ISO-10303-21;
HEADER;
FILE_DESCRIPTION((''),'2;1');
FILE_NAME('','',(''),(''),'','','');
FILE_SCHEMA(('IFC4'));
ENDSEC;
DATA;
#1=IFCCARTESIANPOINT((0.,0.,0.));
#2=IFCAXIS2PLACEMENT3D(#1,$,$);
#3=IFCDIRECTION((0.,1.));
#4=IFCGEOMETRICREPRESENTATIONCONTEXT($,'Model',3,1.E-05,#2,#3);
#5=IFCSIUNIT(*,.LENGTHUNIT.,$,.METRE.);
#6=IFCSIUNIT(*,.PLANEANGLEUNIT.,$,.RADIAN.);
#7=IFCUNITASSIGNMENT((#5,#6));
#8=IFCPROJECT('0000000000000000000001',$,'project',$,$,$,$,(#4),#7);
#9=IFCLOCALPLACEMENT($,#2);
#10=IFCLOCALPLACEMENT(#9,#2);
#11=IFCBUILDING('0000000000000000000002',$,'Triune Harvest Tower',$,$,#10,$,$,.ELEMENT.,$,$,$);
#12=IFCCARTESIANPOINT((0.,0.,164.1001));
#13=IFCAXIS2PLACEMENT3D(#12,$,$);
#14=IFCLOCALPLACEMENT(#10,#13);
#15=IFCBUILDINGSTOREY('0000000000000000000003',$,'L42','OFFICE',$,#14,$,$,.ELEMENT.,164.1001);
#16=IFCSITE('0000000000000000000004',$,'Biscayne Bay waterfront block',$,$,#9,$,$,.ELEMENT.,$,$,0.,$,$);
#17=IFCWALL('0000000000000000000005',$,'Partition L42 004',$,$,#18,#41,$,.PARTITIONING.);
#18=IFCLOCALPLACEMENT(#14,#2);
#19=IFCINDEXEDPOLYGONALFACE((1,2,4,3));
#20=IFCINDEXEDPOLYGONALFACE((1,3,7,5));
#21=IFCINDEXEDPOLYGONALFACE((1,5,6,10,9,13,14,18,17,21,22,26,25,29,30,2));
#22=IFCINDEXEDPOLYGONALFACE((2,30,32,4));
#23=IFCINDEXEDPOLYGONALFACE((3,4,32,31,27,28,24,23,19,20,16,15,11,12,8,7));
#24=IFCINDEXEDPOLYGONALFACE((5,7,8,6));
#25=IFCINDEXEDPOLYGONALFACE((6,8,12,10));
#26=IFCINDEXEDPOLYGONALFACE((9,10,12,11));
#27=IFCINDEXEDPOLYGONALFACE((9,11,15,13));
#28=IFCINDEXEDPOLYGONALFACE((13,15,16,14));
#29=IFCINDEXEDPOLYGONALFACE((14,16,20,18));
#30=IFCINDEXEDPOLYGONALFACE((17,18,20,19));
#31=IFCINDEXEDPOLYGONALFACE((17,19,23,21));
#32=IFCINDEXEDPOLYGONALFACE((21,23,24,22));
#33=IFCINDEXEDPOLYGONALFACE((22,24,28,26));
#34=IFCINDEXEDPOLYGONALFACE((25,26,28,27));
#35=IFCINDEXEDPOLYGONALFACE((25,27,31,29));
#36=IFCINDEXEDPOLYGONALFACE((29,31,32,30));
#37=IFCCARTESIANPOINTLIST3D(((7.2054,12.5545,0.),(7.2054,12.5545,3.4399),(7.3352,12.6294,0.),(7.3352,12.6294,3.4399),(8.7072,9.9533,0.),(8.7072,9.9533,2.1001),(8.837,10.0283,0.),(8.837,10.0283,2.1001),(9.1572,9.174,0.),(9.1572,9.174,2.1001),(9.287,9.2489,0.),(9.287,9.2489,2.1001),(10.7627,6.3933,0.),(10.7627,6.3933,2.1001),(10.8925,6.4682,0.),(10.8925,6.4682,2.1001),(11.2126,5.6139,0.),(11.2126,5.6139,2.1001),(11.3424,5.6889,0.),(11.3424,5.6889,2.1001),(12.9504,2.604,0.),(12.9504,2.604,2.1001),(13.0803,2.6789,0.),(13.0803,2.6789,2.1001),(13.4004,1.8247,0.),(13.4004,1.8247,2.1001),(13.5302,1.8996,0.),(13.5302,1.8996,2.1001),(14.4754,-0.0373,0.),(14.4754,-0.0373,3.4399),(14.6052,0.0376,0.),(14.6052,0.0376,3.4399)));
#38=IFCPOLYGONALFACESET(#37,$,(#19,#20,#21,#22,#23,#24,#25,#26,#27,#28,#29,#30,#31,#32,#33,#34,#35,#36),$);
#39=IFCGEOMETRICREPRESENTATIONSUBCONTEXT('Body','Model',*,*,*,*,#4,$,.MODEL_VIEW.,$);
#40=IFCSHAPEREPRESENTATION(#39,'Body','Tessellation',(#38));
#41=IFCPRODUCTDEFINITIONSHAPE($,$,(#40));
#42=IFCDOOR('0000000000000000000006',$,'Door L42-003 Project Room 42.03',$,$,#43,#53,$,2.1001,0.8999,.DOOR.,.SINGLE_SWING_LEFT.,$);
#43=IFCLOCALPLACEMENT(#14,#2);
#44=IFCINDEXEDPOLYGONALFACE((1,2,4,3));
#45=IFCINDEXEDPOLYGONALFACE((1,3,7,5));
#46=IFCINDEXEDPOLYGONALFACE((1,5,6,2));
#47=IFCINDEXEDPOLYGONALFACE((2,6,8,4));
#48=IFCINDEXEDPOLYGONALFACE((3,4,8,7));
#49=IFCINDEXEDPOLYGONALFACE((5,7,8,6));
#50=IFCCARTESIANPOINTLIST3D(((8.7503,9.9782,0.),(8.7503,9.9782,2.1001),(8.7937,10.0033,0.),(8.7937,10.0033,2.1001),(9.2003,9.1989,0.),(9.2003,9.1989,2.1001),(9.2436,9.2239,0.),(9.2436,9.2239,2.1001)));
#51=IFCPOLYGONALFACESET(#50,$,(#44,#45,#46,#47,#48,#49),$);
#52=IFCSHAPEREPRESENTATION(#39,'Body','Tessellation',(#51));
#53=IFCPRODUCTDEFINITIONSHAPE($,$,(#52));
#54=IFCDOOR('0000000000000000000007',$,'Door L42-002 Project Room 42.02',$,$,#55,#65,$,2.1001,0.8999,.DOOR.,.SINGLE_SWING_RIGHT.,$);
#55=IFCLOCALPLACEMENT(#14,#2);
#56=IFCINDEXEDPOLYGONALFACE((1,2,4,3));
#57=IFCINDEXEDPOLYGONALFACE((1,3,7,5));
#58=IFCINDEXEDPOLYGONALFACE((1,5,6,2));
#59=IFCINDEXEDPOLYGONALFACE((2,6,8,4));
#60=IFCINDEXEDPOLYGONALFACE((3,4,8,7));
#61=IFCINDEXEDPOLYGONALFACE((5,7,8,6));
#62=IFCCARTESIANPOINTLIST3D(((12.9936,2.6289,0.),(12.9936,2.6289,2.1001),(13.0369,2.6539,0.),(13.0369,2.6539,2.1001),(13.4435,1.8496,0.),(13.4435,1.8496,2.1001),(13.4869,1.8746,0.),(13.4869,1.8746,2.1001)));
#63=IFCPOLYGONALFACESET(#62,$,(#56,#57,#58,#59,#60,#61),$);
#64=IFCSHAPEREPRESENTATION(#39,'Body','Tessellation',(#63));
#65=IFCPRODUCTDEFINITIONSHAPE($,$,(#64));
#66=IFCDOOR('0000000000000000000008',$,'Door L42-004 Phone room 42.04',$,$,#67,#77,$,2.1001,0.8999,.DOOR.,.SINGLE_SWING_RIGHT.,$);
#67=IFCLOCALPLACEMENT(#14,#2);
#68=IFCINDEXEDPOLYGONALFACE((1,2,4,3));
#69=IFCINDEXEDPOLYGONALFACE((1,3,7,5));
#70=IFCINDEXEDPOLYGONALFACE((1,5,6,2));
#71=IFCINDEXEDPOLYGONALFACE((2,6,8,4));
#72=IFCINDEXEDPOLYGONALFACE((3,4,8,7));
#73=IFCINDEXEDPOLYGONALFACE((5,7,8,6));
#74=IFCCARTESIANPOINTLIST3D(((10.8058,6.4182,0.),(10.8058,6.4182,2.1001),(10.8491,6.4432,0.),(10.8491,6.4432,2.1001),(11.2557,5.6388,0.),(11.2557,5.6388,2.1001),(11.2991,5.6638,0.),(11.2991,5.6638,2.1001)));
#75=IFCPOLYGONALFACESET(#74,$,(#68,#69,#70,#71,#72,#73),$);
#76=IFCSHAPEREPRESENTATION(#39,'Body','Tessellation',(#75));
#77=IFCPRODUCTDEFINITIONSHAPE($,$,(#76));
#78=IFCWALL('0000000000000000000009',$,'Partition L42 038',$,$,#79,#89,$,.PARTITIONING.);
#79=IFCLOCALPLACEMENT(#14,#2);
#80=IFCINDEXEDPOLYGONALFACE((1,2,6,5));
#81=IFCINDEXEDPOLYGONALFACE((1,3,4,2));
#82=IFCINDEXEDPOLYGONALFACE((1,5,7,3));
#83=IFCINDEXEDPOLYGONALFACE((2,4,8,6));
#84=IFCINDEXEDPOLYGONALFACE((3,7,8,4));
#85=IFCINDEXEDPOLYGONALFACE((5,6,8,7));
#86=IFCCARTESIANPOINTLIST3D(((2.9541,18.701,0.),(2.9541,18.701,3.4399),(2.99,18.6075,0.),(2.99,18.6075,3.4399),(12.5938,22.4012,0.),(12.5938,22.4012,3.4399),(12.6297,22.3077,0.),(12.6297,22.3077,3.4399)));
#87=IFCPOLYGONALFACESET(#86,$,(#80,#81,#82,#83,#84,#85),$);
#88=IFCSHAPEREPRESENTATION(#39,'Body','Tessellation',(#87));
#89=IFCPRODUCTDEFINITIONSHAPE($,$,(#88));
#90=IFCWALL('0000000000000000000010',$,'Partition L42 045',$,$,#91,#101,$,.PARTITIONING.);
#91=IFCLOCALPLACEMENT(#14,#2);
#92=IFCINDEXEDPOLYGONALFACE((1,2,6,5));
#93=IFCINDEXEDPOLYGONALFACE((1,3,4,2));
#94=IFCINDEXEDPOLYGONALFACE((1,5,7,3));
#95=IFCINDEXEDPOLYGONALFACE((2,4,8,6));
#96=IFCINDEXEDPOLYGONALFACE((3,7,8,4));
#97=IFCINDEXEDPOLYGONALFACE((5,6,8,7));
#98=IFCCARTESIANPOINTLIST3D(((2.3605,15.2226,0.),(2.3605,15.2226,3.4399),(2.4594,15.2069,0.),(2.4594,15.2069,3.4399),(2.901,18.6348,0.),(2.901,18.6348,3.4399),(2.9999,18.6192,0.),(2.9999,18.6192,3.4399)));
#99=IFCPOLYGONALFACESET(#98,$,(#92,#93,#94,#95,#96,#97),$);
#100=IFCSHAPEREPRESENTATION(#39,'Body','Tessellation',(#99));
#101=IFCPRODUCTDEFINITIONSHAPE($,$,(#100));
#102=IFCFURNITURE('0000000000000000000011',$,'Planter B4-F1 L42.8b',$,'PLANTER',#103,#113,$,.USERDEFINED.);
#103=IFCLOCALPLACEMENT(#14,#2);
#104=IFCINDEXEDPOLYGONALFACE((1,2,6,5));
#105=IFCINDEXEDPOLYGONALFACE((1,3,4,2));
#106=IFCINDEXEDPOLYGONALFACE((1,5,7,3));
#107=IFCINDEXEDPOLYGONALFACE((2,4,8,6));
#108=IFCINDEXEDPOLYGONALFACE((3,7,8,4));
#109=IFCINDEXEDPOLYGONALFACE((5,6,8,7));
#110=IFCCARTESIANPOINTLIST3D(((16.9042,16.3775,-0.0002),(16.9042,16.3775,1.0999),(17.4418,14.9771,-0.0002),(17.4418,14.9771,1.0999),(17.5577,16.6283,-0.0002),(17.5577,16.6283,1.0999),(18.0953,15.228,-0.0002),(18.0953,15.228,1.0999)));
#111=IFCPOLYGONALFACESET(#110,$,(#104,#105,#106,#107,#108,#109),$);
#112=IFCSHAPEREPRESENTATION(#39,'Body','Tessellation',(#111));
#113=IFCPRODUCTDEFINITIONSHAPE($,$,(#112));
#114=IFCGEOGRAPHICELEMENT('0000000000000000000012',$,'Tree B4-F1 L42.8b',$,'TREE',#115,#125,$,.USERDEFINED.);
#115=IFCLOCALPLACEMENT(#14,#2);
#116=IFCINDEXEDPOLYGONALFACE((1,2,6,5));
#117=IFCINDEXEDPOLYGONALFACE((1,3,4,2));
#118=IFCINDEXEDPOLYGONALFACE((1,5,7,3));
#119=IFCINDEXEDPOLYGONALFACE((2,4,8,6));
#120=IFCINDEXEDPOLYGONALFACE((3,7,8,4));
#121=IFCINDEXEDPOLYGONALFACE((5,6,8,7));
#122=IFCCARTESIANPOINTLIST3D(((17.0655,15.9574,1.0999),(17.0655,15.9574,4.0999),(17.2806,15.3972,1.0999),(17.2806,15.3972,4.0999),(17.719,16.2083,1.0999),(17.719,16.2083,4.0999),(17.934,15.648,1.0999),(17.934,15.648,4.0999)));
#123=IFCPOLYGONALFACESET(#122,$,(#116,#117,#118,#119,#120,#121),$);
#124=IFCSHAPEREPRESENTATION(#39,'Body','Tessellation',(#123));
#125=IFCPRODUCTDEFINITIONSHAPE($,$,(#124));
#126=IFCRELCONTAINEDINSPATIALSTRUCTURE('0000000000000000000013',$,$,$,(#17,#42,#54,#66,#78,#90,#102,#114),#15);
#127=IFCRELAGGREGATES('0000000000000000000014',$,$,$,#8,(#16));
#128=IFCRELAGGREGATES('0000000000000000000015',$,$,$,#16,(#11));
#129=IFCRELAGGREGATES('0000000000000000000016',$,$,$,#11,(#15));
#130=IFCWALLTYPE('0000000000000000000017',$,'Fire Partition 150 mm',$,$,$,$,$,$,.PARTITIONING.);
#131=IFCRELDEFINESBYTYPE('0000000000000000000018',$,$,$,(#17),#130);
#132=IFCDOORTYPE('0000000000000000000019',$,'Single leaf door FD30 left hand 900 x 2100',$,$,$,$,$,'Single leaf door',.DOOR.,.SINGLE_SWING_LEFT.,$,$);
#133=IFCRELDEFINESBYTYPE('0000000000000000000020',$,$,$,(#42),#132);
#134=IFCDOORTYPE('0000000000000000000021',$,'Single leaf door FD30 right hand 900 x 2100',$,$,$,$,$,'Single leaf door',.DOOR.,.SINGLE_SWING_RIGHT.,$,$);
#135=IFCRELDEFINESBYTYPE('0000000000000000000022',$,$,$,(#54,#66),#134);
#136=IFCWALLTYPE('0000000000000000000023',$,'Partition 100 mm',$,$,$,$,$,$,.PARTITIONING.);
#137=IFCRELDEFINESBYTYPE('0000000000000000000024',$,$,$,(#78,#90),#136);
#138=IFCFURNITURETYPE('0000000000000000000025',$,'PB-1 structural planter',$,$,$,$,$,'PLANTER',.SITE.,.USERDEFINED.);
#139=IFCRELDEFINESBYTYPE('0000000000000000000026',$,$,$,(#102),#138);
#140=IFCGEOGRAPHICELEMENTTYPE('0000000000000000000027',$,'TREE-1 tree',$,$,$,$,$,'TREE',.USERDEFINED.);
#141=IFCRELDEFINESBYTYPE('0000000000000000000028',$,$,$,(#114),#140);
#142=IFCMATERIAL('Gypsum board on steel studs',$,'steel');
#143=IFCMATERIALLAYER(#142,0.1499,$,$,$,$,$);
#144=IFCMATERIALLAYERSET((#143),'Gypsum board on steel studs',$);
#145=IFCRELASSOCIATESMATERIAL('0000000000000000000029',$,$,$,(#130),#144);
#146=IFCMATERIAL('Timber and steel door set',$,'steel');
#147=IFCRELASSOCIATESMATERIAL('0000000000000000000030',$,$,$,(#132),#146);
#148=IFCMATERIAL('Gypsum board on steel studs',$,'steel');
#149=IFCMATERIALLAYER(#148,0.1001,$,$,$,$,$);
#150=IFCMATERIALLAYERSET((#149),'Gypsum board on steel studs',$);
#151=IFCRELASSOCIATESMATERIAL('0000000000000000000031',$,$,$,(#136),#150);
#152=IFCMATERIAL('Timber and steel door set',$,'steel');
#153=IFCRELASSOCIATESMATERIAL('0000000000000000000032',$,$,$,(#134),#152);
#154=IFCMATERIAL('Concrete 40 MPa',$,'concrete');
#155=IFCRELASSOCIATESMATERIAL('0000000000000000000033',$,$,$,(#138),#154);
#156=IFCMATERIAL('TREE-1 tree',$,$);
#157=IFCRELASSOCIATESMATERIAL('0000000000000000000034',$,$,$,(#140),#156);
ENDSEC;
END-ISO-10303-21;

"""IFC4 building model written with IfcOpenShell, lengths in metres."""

from ifc_helpers import new_model, si_unit, direction, frame, frame_2d, origin, origin_2d, place, context, subcontext, project, spatial, rectangle, extrude, source, transform, mapped, material, layer, layer_set, type_object, element, fill, save


model = new_model("IFC4")

# Units and contexts
model_context = context("Model", 3, precision=1e-05, world=origin(), true_north=direction((0.0, 1.0)))
body_context = subcontext(model_context, "Body", "Model", "MODEL_VIEW")
ifc_project = project(units=[si_unit("LENGTHUNIT", "METRE"), si_unit("PLANEANGLEUNIT", "RADIAN")], contexts=[model_context])

# Site, building, storey
site_placement = place(None, origin())
site = spatial("IfcSite", under=ifc_project, at=site_placement, Name="Biscayne Bay waterfront block", CompositionType="ELEMENT", RefElevation=0.0)
building_placement = place(site_placement, origin())
building = spatial("IfcBuilding", under=site, at=building_placement, Name="Triune Harvest Tower", CompositionType="ELEMENT")
storey_placement = place(building_placement, frame((0.0, 0.0, 164.1001)))
storey = spatial("IfcBuildingStorey", under=building, at=storey_placement, Name="L42", Description="OFFICE", CompositionType="ELEMENT", Elevation=164.1001)

# Shared definitions
ifc_material_1 = material(Name="Gypsum board on steel studs", Category="steel")
ifc_layer_1 = layer(ifc_material_1, 0.1499)
ifc_layer_set_1 = layer_set([ifc_layer_1], Name="Gypsum board on steel studs")
wall_type_1 = type_object("IfcWallType", Name="Fire Partition 150 mm", PredefinedType="PARTITIONING", material=ifc_layer_set_1)

# Shared definitions
ifc_material_2 = material(Name="Timber and steel door set", Category="steel")
door_type_1 = type_object("IfcDoorType", Name="Single leaf door FD30 left hand 900 x 2100", ElementType="Single leaf door", OperationType="SINGLE_SWING_LEFT", PredefinedType="DOOR", material=ifc_material_2)

# Shared definitions
ifc_material_3 = material(Name="Gypsum board on steel studs", Category="steel")
ifc_layer_2 = layer(ifc_material_3, 0.1001)
ifc_layer_set_2 = layer_set([ifc_layer_2], Name="Gypsum board on steel studs")
wall_type_2 = type_object("IfcWallType", Name="Partition 100 mm", PredefinedType="PARTITIONING", material=ifc_layer_set_2)

# Wall, openings, doors
shared_shape_1 = source(origin(), body_context, "Body", "SweptSolid", [
    extrude(rectangle(XDim=14.5398, YDim=0.1499, at=frame_2d((7.27, 0.0))), origin(), (0.0, 0.0, 1.0), 3.4399),
])
wall_1_placement = place(storey_placement, frame((7.2703, 12.592, 0.0), z_axis=(0.0, 0.0, 1.0), x_axis=(0.500007, -0.866021, 0.0)))
wall_1 = element("IfcWall", 1, at=wall_1_placement, inside=storey, type_object=wall_type_1, Name="Partition L42 004", PredefinedType="PARTITIONING", context=body_context, shape_type="MappedRepresentation", body=[
    mapped(shared_shape_1, transform((0.0, 0.0, 0.0), scale=1.0)),
])
opening_1_placement = place(wall_1_placement, frame((11.49, 0.0, 0.0)))
opening_1 = element("IfcOpeningElement", 2, at=opening_1_placement, cuts=wall_1, PredefinedType="OPENING", context=body_context, shape_type="SweptSolid", body=[
    extrude(rectangle(XDim=0.8999, YDim=2.1001, at=frame_2d((0.45, 1.05))), frame((0.0, 0.085, 0.0), z_axis=(0.0, -1.0, 0.0), x_axis=(1.0, 0.0, 0.0)), (0.0, 0.0, 1.0), 0.1699),
])
opening_2_placement = place(wall_1_placement, frame((3.0037, 0.0, 0.0)))
opening_2 = element("IfcOpeningElement", 3, at=opening_2_placement, cuts=wall_1, PredefinedType="OPENING", context=body_context, shape_type="SweptSolid", body=[
    extrude(rectangle(XDim=0.8999, YDim=2.1001, at=frame_2d((0.45, 1.05))), frame((0.0, 0.085, 0.0), z_axis=(0.0, -1.0, 0.0), x_axis=(1.0, 0.0, 0.0)), (0.0, 0.0, 1.0), 0.1699),
])
opening_3_placement = place(wall_1_placement, frame((7.1145, 0.0, 0.0)))
opening_3 = element("IfcOpeningElement", 4, at=opening_3_placement, cuts=wall_1, PredefinedType="OPENING", context=body_context, shape_type="SweptSolid", body=[
    extrude(rectangle(XDim=0.8999, YDim=2.1001, at=frame_2d((0.45, 1.05))), frame((0.0, 0.085, 0.0), z_axis=(0.0, -1.0, 0.0), x_axis=(1.0, 0.0, 0.0)), (0.0, 0.0, 1.0), 0.1699),
])
door_1_placement = place(opening_2_placement, origin())
door_1 = element("IfcDoor", 5, at=door_1_placement, inside=storey, type_object=door_type_1, Name="Door L42-003 Project Room 42.03", OperationType="SINGLE_SWING_LEFT", OverallHeight=2.1001, OverallWidth=0.8999, PredefinedType="DOOR", context=body_context, shape_type="SweptSolid", body=[
    extrude(rectangle(XDim=0.8999, YDim=2.1001, at=frame_2d((0.45, 1.05))), frame((0.0, 0.0249, 0.0), z_axis=(0.0, -1.0, 0.0), x_axis=(1.0, 0.0, 0.0)), (0.0, 0.0, 1.0), 0.05),
])
fill(opening_2, door_1)
ifc_material_4 = material(Name="Timber and steel door set", Category="steel")
door_type_2 = type_object("IfcDoorType", Name="Single leaf door FD30 right hand 900 x 2100", ElementType="Single leaf door", OperationType="SINGLE_SWING_RIGHT", PredefinedType="DOOR", material=ifc_material_4)
door_2_placement = place(opening_1_placement, origin())
door_2 = element("IfcDoor", 6, at=door_2_placement, inside=storey, type_object=door_type_2, Name="Door L42-002 Project Room 42.02", OperationType="SINGLE_SWING_RIGHT", OverallHeight=2.1001, OverallWidth=0.8999, PredefinedType="DOOR", context=body_context, shape_type="SweptSolid", body=[
    extrude(rectangle(XDim=0.8999, YDim=2.1001, at=frame_2d((0.45, 1.05))), frame((0.0, 0.0249, 0.0), z_axis=(0.0, -1.0, 0.0), x_axis=(1.0, 0.0, 0.0)), (0.0, 0.0, 1.0), 0.05),
])
fill(opening_1, door_2)
door_3_placement = place(opening_3_placement, origin())
door_3 = element("IfcDoor", 7, at=door_3_placement, inside=storey, type_object=door_type_2, Name="Door L42-004 Phone room 42.04", OperationType="SINGLE_SWING_RIGHT", OverallHeight=2.1001, OverallWidth=0.8999, PredefinedType="DOOR", context=body_context, shape_type="SweptSolid", body=[
    extrude(rectangle(XDim=0.8999, YDim=2.1001, at=frame_2d((0.45, 1.05))), frame((0.0, 0.0249, 0.0), z_axis=(0.0, -1.0, 0.0), x_axis=(1.0, 0.0, 0.0)), (0.0, 0.0, 1.0), 0.05),
])
fill(opening_3, door_3)

# Walls
shared_shape_2 = source(origin(), body_context, "Body", "SweptSolid", [
    extrude(rectangle(XDim=10.3254, YDim=0.1001, at=frame_2d((5.1626, 0.0))), origin(), (0.0, 0.0, 1.0), 3.4399),
])
wall_2_placement = place(storey_placement, frame((2.9722, 18.6543, 0.0), z_axis=(0.0, 0.0, 1.0), x_axis=(0.933584, 0.358358, 0.0)))
element("IfcWall", 8, at=wall_2_placement, inside=storey, type_object=wall_type_2, Name="Partition L42 038", PredefinedType="PARTITIONING", context=body_context, shape_type="MappedRepresentation", body=[
    mapped(shared_shape_2, transform((0.0, 0.0, 0.0), scale=1.0)),
])
shared_shape_3 = source(origin(), body_context, "Body", "SweptSolid", [
    extrude(rectangle(XDim=3.4548, YDim=0.1001, at=frame_2d((1.7275, 0.0))), origin(), (0.0, 0.0, 1.0), 3.4399),
])
wall_3_placement = place(storey_placement, frame((2.4099, 15.2146, 0.0), z_axis=(0.0, 0.0, 1.0), x_axis=(0.156452, 0.987685, 0.0)))
element("IfcWall", 9, at=wall_3_placement, inside=storey, type_object=wall_type_2, Name="Partition L42 045", PredefinedType="PARTITIONING", context=body_context, shape_type="MappedRepresentation", body=[
    mapped(shared_shape_3, transform((0.0, 0.0, 0.0), scale=1.0)),
])

# Furniture
ifc_material_5 = material(Name="Concrete 40 MPa", Category="concrete")
furniture_type = type_object("IfcFurnitureType", Name="PB-1 structural planter", ElementType="PLANTER", AssemblyPlace="SITE", PredefinedType="USERDEFINED", material=ifc_material_5)
shared_shape_4 = source(origin(), body_context, "Body", "SweptSolid", [
    extrude(rectangle(XDim=1.5, YDim=0.7, at=origin_2d()), origin(), (0.0, 0.0, 1.0), 1.1001),
])
furniture_placement = place(storey_placement, frame((17.4998, 15.8027, -0.0002), z_axis=(0.0, 0.0, 1.0), x_axis=(-0.358369, 0.93358, 0.0)))
element("IfcFurniture", 10, at=furniture_placement, inside=storey, type_object=furniture_type, Name="Planter B4-F1 L42.8b", ObjectType="PLANTER", PredefinedType="USERDEFINED", context=body_context, shape_type="MappedRepresentation", body=[
    mapped(shared_shape_4, transform((0.0, 0.0, 0.0), scale=1.0)),
])

# Geographic element
ifc_material_6 = material(Name="TREE-1 tree")
geographic_element_type = type_object("IfcGeographicElementType", Name="TREE-1 tree", ElementType="TREE", PredefinedType="USERDEFINED", material=ifc_material_6)
shared_shape_5 = source(origin(), body_context, "Body", "SweptSolid", [
    extrude(rectangle(XDim=0.6001, YDim=0.7, at=origin_2d()), origin(), (0.0, 0.0, 1.0), 3.0),
])
geographic_element_placement = place(storey_placement, frame((17.4998, 15.8027, 1.0999), z_axis=(0.0, 0.0, 1.0), x_axis=(-0.358369, 0.93358, 0.0)))
element("IfcGeographicElement", 11, at=geographic_element_placement, inside=storey, type_object=geographic_element_type, Name="Tree B4-F1 L42.8b", ObjectType="TREE", PredefinedType="USERDEFINED", context=body_context, shape_type="MappedRepresentation", body=[
    mapped(shared_shape_5, transform((0.0, 0.0, 0.0), scale=1.0)),
])

save(model, "model.ifc")
